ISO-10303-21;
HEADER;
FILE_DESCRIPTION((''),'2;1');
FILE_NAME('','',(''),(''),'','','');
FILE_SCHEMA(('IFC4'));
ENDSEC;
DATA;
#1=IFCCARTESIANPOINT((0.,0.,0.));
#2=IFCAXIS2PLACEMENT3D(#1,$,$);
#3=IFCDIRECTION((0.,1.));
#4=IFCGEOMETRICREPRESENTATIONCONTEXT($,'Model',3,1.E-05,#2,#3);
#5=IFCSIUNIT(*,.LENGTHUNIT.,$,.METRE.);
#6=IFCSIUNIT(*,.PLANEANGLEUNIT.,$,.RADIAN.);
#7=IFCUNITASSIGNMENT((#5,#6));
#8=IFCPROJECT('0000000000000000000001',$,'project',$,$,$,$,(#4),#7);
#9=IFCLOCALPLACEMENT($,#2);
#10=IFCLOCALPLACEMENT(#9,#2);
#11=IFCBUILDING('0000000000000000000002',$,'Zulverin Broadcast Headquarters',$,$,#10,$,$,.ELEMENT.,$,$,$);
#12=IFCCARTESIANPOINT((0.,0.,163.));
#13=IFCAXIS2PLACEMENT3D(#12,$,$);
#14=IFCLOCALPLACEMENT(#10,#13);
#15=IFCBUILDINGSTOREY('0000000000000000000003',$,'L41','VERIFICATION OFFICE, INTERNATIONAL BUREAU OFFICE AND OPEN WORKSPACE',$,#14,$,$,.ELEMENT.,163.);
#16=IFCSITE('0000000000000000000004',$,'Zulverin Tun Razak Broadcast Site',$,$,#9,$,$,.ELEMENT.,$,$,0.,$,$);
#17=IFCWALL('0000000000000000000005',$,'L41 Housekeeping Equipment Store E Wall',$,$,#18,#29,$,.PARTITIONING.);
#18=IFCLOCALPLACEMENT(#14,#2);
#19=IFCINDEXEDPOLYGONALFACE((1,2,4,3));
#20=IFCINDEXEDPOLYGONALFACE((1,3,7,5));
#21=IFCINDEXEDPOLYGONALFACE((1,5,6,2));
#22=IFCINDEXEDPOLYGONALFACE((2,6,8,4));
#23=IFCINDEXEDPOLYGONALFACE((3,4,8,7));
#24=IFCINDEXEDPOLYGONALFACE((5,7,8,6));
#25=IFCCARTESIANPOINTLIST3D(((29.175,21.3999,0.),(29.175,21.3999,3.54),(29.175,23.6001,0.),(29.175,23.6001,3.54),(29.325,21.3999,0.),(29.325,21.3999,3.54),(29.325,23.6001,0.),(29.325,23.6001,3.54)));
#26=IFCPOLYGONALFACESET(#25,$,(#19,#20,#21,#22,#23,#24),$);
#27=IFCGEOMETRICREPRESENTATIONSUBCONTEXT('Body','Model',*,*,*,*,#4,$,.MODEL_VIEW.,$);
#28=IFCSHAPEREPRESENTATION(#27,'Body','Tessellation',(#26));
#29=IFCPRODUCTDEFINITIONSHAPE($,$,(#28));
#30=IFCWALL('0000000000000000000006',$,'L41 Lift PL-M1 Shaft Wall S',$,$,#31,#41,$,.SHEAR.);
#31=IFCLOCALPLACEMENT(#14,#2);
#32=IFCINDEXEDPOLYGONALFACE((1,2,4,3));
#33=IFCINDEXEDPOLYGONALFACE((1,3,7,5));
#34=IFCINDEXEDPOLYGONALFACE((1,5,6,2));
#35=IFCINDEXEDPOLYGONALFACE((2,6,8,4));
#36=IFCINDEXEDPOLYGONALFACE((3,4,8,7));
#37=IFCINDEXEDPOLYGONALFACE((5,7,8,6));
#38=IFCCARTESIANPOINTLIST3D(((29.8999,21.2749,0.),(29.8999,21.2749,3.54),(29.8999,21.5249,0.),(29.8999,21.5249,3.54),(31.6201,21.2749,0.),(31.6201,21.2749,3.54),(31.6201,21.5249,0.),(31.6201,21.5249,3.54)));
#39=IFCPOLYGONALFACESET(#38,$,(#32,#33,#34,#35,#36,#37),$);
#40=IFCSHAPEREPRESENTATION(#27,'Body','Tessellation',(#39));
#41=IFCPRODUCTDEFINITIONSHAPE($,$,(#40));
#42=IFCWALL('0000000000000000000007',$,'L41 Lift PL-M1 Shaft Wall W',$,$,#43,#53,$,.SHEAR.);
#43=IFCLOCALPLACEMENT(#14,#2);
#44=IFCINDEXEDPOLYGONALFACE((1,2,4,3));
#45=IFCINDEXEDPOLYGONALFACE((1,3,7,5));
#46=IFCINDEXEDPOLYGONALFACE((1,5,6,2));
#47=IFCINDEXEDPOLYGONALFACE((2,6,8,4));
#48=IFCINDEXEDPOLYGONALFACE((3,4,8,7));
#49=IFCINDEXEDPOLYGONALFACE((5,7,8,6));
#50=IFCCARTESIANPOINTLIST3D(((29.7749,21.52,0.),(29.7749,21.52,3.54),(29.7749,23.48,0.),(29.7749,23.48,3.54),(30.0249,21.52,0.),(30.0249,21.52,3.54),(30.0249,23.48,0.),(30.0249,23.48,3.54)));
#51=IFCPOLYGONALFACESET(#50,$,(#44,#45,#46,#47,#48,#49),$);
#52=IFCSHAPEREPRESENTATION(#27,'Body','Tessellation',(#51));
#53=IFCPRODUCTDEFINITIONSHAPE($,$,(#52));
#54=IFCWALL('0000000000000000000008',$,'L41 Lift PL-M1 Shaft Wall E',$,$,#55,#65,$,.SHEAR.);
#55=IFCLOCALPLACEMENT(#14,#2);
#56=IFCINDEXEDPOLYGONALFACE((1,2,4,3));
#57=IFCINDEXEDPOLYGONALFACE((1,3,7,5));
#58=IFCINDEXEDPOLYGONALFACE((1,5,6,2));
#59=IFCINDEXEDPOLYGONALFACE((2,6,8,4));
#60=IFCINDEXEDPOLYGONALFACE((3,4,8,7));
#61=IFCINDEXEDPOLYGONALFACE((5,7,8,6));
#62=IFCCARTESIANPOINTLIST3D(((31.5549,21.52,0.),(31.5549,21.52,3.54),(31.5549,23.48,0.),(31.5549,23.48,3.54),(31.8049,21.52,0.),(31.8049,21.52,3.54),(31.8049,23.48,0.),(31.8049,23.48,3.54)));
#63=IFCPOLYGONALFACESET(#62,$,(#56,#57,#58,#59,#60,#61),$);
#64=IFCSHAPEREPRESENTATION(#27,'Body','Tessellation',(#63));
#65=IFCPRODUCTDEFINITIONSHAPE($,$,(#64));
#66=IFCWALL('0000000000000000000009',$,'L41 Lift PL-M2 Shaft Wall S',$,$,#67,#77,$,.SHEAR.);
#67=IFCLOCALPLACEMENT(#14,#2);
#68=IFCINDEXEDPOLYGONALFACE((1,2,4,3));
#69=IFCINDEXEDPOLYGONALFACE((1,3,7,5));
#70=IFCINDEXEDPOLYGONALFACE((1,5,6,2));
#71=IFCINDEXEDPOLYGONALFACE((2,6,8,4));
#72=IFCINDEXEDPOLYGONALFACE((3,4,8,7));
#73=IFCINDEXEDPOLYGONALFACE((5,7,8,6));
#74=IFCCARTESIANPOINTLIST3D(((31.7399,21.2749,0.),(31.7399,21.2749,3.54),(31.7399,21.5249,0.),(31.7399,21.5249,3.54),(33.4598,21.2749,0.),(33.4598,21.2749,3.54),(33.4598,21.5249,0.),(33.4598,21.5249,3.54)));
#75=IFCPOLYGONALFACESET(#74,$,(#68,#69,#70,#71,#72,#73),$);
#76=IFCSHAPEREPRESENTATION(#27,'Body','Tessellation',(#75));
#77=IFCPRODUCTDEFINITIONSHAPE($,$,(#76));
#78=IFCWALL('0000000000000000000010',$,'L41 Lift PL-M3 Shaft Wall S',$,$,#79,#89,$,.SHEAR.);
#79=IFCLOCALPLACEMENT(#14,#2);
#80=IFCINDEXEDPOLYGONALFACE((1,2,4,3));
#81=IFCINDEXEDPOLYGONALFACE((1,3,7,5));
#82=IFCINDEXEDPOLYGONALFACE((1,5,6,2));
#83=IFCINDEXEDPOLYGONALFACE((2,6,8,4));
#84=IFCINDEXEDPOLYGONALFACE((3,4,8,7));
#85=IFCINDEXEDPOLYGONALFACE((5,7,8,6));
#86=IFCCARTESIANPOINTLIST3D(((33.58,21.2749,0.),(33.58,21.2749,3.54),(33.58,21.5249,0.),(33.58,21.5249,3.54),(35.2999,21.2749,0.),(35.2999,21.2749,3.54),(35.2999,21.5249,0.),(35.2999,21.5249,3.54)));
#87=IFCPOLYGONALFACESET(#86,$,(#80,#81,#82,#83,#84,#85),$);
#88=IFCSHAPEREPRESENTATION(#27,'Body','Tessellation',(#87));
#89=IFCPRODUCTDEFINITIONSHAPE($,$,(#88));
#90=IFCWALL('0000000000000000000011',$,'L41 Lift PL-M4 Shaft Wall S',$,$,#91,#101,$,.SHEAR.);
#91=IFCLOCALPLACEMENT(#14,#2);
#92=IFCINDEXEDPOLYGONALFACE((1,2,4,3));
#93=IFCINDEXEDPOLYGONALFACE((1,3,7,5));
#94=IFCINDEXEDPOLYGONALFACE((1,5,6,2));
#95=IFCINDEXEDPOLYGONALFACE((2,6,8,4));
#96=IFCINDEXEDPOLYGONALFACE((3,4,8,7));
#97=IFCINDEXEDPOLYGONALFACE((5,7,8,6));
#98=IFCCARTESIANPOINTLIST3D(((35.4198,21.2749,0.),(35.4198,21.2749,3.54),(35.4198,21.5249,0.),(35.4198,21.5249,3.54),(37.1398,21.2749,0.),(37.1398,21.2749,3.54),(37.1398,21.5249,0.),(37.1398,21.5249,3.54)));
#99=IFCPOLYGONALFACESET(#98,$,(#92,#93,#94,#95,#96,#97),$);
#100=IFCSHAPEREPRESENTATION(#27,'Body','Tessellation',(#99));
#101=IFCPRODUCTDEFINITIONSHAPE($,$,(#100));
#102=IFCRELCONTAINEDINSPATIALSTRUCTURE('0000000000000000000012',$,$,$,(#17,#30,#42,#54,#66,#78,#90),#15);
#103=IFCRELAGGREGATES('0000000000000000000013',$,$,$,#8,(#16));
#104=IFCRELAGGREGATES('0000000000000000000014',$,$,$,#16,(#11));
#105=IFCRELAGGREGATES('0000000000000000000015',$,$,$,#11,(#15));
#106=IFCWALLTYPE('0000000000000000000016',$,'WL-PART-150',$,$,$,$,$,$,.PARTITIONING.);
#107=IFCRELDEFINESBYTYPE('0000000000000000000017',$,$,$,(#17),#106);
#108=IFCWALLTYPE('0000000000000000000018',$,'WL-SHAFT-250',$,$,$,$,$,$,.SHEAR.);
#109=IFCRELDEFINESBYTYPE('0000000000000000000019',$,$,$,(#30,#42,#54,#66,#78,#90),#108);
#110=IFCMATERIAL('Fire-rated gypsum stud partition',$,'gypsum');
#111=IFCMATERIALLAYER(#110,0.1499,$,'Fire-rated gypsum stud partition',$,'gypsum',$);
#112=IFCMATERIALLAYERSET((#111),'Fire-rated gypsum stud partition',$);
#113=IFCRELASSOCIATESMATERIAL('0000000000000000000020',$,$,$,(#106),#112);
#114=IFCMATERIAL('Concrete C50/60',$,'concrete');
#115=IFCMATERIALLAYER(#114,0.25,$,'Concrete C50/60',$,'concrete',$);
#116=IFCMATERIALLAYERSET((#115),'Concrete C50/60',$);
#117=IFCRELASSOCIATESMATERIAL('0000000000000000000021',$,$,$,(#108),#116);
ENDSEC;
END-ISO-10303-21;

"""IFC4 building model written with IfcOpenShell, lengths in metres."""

from ifc_helpers import new_model, si_unit, direction, frame, frame_2d, origin, place, context, subcontext, project, spatial, rectangle, extrude, material, layer, layer_set, type_object, element, save


model = new_model("IFC4")

# Units and contexts
model_context = context("Model", 3, precision=1e-05, world=origin(), true_north=direction((0.0, 1.0)))
body_context = subcontext(model_context, "Body", "Model", "MODEL_VIEW")
ifc_project = project(units=[si_unit("LENGTHUNIT", "METRE"), si_unit("PLANEANGLEUNIT", "RADIAN")], contexts=[model_context])

# Site, building, storey
site_placement = place(None, origin())
site = spatial("IfcSite", under=ifc_project, at=site_placement, Name="Zulverin Tun Razak Broadcast Site", CompositionType="ELEMENT", RefElevation=0.0)
building_placement = place(site_placement, origin())
building = spatial("IfcBuilding", under=site, at=building_placement, Name="Zulverin Broadcast Headquarters", CompositionType="ELEMENT")
storey_placement = place(building_placement, frame((0.0, 0.0, 163.0)))
storey = spatial("IfcBuildingStorey", under=building, at=storey_placement, Name="L41", Description="VERIFICATION OFFICE, INTERNATIONAL BUREAU OFFICE AND OPEN WORKSPACE", CompositionType="ELEMENT", Elevation=163.0)

# Shared definitions
ifc_material_1 = material(Name="Concrete C50/60", Category="concrete")

# Shared definitions
ifc_material_2 = material(Name="Fire-rated gypsum stud partition", Category="gypsum")
ifc_layer_1 = layer(ifc_material_2, 0.1499, Name="Fire-rated gypsum stud partition", Category="gypsum")
ifc_layer_set_1 = layer_set([ifc_layer_1], Name="Fire-rated gypsum stud partition")
wall_type_1 = type_object("IfcWallType", Name="WL-PART-150", PredefinedType="PARTITIONING", material=ifc_layer_set_1)

# Walls
wall_1_placement = place(storey_placement, frame((29.25, 21.3999, 0.0), z_axis=(0.0, 0.0, 1.0), x_axis=(0.0, 1.0, 0.0)))
element("IfcWall", 1, at=wall_1_placement, inside=storey, type_object=wall_type_1, Name="L41 Housekeeping Equipment Store E Wall", PredefinedType="PARTITIONING", context=body_context, shape_type="SweptSolid", body=[
    extrude(rectangle(XDim=2.2002, YDim=0.1499, at=frame_2d((1.1001, 0.0))), origin(), (0.0, 0.0, 1.0), 3.54),
])
ifc_layer_2 = layer(ifc_material_1, 0.25, Name="Concrete C50/60", Category="concrete")
ifc_layer_set_2 = layer_set([ifc_layer_2], Name="Concrete C50/60")
wall_type_2 = type_object("IfcWallType", Name="WL-SHAFT-250", PredefinedType="SHEAR", material=ifc_layer_set_2)
wall_2_placement = place(storey_placement, frame((29.8999, 21.3999, 0.0), z_axis=(0.0, 0.0, 1.0), x_axis=(1.0, 0.0, 0.0)))
element("IfcWall", 2, at=wall_2_placement, inside=storey, type_object=wall_type_2, Name="L41 Lift PL-M1 Shaft Wall S", PredefinedType="SHEAR", context=body_context, shape_type="SweptSolid", body=[
    extrude(rectangle(XDim=1.7202, YDim=0.25, at=frame_2d((0.8601, 0.0))), origin(), (0.0, 0.0, 1.0), 3.54),
])
for number, where, z_axis, x_axis, name in (
    (3, (29.8999, 21.52, 0.0), (0.0, 0.0, 1.0), (0.0, 1.0, 0.0), "L41 Lift PL-M1 Shaft Wall W"),
    (4, (31.6799, 21.52, 0.0), (0.0, 0.0, 1.0), (0.0, 1.0, 0.0), "L41 Lift PL-M1 Shaft Wall E"),
):
    element("IfcWall", number, at=place(storey_placement, frame(where, z_axis=z_axis, x_axis=x_axis)), inside=storey, type_object=wall_type_2, Name=name, PredefinedType="SHEAR", context=body_context, shape_type="SweptSolid", body=[
        extrude(rectangle(XDim=1.96, YDim=0.25, at=frame_2d((0.98, 0.0))), origin(), (0.0, 0.0, 1.0), 3.54),
    ])
for number, where, z_axis, x_axis, name in (
    (5, (31.74, 21.3999, 0.0), (0.0, 0.0, 1.0), (1.0, 0.0, 0.0), "L41 Lift PL-M2 Shaft Wall S"),
    (6, (33.5801, 21.3999, 0.0), (0.0, 0.0, 1.0), (1.0, 0.0, 0.0), "L41 Lift PL-M3 Shaft Wall S"),
    (7, (35.4199, 21.3999, 0.0), (0.0, 0.0, 1.0), (1.0, 0.0, 0.0), "L41 Lift PL-M4 Shaft Wall S"),
):
    element("IfcWall", number, at=place(storey_placement, frame(where, z_axis=z_axis, x_axis=x_axis)), inside=storey, type_object=wall_type_2, Name=name, PredefinedType="SHEAR", context=body_context, shape_type="SweptSolid", body=[
        extrude(rectangle(XDim=1.72, YDim=0.25, at=frame_2d((0.8599, 0.0))), origin(), (0.0, 0.0, 1.0), 3.54),
    ])

save(model, "model.ifc")
